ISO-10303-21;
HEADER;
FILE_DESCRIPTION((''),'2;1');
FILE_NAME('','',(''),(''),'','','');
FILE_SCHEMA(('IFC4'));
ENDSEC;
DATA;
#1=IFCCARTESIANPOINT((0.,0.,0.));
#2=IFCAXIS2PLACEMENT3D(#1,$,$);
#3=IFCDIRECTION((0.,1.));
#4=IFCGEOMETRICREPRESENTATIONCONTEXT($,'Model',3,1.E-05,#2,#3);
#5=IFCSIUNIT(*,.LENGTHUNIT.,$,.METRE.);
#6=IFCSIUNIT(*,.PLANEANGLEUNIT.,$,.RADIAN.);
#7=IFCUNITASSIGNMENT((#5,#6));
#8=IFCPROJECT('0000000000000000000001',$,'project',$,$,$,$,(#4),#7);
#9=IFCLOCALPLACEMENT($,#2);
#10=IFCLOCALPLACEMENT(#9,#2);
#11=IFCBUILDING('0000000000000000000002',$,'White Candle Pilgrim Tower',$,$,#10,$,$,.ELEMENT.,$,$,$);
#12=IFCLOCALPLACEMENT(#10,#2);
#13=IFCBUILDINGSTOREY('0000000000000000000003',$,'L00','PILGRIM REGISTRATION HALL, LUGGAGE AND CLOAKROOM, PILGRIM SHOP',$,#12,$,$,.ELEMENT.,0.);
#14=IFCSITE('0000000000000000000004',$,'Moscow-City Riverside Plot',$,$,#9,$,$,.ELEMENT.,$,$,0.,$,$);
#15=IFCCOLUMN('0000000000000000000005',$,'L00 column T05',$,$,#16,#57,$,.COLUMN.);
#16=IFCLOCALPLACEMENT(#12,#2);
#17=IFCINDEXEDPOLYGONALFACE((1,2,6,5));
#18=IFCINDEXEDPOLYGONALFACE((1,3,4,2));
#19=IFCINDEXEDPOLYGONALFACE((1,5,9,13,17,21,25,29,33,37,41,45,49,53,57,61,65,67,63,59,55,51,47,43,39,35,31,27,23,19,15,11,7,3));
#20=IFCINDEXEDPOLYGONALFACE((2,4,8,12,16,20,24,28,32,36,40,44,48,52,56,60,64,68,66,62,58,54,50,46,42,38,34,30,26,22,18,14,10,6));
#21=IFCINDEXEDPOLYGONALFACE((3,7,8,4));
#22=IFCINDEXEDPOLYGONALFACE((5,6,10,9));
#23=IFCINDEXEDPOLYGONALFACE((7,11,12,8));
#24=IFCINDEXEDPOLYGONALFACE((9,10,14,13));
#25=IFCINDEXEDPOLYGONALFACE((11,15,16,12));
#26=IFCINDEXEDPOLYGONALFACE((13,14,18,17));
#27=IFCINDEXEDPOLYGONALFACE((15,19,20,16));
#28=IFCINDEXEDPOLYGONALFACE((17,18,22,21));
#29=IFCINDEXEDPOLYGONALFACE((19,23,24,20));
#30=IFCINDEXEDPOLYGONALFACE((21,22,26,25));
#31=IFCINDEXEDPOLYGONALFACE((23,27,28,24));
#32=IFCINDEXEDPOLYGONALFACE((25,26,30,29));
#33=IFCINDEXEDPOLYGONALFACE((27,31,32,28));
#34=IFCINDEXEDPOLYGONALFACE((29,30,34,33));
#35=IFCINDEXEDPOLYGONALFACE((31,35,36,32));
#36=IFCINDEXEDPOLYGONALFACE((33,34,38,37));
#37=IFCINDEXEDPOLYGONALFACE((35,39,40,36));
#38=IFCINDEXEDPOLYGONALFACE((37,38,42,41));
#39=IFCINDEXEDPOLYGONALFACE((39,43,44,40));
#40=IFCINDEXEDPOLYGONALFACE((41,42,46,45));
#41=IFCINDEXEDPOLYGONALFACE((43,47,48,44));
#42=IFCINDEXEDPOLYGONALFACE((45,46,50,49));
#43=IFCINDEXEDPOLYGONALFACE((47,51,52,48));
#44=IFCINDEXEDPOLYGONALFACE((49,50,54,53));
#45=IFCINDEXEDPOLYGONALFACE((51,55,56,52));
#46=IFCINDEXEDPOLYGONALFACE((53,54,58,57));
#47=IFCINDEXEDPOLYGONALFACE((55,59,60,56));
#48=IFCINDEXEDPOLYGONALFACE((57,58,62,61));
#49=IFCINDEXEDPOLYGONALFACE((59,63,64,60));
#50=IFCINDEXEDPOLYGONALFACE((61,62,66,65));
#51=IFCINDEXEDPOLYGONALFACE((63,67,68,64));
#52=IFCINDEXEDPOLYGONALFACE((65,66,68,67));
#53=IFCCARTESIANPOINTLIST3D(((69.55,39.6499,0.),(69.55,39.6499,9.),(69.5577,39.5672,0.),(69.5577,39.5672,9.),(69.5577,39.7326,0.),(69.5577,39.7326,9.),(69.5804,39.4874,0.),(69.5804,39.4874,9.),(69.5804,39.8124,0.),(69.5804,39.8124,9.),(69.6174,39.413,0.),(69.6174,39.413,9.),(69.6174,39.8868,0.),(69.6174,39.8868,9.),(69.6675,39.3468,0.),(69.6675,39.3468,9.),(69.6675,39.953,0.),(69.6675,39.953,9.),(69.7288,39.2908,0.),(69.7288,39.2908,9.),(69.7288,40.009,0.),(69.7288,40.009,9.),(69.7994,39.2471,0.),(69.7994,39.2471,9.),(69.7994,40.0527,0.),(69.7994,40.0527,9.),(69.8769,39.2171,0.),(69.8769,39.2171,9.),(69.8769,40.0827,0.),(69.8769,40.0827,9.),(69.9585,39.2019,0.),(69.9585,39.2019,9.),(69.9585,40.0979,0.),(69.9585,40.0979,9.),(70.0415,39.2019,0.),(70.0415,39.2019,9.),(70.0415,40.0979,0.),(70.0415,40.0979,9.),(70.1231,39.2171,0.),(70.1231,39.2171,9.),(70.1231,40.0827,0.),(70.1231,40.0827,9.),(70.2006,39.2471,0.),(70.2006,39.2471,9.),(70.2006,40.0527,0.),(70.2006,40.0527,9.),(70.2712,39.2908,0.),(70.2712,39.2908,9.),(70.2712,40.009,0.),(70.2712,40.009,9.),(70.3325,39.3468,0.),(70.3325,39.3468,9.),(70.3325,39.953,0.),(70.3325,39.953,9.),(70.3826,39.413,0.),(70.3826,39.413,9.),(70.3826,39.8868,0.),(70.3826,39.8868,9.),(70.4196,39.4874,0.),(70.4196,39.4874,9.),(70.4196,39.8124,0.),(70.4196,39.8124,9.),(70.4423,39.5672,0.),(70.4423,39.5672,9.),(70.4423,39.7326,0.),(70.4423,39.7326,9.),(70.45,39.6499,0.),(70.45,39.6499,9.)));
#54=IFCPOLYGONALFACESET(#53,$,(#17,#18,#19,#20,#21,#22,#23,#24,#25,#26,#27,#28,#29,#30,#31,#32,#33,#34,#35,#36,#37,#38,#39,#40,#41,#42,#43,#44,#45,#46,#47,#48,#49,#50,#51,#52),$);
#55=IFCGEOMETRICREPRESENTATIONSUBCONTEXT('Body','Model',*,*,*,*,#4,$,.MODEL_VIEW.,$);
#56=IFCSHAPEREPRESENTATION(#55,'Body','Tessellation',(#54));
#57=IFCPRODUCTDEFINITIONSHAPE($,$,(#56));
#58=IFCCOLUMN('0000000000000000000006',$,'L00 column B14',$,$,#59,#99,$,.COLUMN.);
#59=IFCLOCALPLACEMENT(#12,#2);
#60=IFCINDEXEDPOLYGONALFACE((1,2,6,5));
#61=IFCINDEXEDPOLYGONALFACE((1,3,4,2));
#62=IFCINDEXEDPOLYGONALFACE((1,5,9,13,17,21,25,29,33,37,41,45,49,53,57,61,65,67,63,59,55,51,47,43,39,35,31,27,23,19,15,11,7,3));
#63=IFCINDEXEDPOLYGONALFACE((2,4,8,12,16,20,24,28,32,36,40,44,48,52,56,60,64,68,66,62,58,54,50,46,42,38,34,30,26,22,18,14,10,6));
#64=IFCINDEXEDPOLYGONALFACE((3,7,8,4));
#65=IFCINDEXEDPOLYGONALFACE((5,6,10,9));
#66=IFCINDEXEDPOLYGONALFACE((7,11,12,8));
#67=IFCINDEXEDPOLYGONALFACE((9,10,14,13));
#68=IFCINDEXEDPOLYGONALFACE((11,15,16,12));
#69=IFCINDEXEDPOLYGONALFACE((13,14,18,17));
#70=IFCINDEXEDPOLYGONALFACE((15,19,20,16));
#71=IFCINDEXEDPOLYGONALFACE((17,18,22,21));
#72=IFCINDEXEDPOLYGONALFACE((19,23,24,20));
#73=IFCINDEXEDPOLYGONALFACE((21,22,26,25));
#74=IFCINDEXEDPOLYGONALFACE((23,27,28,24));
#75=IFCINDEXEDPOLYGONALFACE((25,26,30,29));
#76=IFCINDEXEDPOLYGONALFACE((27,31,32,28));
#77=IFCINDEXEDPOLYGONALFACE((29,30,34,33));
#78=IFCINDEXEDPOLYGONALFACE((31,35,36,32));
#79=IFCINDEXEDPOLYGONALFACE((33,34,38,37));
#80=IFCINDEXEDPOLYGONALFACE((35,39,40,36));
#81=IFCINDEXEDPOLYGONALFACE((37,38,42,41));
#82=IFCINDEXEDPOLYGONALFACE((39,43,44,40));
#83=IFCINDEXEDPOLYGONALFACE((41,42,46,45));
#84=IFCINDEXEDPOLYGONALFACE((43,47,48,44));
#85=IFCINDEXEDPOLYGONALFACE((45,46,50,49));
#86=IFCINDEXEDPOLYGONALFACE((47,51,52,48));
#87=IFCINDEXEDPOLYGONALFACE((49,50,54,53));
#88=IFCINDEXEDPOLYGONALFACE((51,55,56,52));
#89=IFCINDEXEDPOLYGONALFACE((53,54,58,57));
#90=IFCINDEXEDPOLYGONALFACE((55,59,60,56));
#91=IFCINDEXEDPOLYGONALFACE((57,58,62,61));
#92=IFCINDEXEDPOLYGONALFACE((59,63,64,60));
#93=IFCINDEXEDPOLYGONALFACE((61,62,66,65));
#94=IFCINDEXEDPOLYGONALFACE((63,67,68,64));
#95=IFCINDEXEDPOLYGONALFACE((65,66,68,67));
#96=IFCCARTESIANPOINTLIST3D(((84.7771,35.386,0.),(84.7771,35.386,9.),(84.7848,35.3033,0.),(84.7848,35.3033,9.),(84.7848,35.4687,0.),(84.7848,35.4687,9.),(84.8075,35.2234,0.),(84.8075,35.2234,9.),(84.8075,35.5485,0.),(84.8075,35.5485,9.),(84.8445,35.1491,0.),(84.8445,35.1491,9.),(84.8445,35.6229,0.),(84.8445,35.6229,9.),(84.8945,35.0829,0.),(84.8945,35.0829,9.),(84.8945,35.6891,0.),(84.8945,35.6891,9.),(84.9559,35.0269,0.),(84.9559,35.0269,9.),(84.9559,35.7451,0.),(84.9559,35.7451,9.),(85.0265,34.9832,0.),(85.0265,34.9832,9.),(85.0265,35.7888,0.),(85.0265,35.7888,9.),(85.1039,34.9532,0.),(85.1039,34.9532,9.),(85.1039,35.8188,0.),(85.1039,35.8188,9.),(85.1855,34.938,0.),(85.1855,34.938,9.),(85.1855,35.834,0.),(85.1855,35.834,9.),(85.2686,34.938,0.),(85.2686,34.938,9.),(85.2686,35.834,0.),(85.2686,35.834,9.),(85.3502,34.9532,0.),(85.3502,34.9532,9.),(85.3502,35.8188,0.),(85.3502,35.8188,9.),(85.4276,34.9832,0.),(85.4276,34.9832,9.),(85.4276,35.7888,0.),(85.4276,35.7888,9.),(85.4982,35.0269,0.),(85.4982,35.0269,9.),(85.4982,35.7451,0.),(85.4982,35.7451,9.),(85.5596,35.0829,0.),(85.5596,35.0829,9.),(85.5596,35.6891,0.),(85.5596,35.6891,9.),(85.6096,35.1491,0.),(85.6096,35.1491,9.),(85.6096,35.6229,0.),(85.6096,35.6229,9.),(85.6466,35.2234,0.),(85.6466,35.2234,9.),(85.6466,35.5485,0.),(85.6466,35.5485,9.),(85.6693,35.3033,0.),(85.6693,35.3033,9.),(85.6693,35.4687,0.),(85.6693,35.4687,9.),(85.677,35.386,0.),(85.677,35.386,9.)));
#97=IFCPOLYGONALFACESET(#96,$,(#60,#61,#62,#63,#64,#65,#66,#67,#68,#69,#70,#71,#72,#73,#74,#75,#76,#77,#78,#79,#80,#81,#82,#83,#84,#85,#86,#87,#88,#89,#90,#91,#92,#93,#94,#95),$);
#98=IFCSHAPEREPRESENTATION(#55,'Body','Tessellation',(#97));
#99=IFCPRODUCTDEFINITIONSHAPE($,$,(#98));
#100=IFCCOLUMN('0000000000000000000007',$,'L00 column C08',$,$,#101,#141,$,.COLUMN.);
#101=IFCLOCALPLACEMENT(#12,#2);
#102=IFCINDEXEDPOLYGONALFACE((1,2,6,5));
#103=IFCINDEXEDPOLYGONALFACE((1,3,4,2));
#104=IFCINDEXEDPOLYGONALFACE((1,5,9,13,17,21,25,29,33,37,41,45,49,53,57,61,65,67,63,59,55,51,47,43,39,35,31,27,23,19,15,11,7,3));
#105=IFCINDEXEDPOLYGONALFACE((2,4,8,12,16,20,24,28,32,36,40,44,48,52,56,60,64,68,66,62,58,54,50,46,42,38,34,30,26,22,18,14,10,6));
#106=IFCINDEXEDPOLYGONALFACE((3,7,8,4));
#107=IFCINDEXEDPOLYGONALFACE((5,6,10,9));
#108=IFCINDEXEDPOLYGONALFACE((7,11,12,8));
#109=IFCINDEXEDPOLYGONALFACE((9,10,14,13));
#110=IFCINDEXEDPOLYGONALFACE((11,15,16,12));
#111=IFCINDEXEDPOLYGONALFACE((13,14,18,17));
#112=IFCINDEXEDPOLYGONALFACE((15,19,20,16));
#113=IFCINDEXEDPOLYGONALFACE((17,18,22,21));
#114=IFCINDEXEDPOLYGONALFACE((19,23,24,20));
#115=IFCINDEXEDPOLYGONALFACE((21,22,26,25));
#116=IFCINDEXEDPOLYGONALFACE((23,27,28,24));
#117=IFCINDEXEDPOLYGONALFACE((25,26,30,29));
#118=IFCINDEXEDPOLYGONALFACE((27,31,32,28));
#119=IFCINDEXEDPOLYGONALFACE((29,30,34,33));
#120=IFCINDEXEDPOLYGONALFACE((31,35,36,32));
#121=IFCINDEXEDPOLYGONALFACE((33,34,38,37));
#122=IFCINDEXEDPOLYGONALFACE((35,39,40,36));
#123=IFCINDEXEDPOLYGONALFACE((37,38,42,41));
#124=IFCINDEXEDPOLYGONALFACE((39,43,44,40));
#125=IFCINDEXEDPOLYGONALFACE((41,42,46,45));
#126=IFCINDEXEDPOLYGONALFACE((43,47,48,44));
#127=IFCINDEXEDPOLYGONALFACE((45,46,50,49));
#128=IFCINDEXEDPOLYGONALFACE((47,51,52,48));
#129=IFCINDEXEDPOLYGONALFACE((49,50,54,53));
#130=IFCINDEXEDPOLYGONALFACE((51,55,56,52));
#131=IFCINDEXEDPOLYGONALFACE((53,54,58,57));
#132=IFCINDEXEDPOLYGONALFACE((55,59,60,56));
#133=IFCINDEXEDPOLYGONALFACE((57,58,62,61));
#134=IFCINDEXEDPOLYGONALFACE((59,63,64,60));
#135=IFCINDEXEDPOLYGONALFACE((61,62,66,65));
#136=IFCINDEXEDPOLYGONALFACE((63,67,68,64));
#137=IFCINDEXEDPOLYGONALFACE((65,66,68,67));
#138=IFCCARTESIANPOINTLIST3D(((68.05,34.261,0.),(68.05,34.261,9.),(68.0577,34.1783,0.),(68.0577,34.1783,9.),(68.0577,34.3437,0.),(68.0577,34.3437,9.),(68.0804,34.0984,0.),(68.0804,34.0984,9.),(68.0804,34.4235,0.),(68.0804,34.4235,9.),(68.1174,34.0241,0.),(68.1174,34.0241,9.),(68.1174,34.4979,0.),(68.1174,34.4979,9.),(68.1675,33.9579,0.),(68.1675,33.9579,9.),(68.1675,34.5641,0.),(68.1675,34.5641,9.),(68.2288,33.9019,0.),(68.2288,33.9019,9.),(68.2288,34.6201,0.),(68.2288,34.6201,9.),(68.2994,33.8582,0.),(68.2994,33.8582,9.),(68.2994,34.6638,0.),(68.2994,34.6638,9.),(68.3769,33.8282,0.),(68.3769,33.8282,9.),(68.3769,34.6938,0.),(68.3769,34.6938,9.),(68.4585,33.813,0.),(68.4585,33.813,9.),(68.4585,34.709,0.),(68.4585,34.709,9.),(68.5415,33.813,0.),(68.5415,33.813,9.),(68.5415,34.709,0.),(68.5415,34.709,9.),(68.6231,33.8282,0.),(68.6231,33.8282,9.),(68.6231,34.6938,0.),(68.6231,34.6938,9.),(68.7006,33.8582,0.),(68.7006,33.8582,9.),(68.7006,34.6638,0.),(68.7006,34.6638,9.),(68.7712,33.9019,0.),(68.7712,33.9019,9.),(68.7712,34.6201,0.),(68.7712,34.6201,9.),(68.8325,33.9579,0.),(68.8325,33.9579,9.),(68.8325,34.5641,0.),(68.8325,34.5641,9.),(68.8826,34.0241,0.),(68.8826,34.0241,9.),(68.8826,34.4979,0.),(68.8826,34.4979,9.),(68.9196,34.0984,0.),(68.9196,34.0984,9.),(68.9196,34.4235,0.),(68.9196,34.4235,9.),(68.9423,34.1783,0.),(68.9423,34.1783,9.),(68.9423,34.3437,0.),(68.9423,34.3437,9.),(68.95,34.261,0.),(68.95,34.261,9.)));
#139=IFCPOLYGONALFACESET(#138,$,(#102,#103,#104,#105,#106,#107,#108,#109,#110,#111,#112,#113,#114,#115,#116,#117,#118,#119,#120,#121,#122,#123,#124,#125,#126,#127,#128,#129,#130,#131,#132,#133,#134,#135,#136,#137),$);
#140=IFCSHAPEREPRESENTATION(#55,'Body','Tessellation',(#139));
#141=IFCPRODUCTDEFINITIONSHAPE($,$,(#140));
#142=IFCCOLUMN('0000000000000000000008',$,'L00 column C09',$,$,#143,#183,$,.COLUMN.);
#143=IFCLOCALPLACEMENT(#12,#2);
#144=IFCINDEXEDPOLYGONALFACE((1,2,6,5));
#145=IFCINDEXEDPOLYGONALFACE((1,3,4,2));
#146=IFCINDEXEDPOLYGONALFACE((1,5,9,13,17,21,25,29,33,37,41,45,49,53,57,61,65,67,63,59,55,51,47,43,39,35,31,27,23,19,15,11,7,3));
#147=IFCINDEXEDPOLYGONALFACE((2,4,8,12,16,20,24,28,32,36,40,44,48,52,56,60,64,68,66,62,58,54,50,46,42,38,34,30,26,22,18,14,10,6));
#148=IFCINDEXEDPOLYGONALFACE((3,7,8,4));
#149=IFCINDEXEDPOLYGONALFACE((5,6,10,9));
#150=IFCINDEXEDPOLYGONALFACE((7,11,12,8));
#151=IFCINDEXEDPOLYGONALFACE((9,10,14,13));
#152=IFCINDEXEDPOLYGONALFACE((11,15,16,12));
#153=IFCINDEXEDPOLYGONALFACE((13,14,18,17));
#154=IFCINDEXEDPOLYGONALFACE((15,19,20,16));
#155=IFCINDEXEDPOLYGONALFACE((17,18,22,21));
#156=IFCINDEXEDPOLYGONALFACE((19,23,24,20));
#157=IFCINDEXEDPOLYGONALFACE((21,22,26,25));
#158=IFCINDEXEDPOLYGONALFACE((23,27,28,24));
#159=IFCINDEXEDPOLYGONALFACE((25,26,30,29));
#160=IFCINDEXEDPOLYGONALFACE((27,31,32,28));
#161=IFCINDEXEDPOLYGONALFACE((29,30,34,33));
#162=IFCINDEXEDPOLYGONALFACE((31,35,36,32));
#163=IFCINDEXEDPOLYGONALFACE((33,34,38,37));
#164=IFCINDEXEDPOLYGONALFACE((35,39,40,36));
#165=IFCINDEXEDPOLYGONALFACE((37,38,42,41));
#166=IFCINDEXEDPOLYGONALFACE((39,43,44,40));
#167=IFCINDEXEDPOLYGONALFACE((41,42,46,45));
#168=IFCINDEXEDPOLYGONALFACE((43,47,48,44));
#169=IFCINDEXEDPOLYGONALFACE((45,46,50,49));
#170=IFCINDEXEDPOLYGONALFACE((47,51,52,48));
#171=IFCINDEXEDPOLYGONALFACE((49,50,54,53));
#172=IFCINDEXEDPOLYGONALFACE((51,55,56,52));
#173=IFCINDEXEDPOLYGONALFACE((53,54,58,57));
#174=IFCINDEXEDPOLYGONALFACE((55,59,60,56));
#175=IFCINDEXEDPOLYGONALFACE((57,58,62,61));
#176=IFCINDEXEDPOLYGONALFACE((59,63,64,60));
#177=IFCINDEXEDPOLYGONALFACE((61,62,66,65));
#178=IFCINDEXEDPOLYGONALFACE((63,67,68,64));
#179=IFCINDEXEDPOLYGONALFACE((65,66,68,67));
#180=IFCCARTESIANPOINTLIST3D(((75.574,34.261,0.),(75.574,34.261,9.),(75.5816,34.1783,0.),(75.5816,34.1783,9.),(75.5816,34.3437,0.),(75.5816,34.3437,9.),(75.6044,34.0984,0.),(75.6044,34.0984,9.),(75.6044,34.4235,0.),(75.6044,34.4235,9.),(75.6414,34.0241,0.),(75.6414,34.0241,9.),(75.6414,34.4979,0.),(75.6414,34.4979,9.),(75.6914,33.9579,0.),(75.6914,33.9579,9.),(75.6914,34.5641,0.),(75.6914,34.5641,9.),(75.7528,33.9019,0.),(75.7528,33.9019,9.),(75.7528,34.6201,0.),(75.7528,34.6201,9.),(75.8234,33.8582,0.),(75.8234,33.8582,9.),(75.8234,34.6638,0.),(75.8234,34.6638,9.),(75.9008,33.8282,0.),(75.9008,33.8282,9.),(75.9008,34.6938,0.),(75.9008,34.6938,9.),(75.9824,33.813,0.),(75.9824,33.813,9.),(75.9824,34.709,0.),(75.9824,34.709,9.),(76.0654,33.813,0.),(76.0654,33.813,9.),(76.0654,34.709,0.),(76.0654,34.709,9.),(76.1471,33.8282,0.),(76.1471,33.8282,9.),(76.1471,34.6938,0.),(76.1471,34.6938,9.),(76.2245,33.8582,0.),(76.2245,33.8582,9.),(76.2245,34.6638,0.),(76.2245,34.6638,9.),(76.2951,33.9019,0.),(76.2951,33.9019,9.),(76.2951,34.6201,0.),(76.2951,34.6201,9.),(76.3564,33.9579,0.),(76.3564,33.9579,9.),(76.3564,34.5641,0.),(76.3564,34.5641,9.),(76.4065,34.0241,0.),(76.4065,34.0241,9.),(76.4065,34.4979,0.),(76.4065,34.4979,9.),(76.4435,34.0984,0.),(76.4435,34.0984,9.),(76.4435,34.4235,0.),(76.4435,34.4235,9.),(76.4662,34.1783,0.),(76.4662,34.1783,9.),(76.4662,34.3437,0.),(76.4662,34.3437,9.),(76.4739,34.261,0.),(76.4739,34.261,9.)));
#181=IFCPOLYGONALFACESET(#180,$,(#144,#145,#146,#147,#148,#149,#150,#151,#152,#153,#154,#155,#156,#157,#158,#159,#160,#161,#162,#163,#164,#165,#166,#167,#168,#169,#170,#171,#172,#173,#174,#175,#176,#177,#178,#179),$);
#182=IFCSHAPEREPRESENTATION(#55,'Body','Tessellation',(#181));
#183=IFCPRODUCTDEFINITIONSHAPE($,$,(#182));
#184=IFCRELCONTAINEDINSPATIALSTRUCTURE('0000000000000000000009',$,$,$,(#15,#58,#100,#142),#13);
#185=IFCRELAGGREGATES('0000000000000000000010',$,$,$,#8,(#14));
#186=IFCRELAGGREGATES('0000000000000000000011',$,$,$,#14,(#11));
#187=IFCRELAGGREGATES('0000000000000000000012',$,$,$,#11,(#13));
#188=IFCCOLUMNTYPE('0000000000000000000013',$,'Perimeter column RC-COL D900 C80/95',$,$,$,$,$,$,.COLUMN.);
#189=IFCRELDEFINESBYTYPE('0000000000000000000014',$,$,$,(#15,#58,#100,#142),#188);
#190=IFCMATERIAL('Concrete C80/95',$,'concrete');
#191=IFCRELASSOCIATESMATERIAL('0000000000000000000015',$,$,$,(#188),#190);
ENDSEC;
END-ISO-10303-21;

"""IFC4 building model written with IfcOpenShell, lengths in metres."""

from ifc_helpers import new_model, si_unit, direction, frame, origin, origin_2d, place, context, subcontext, project, spatial, circle, extrude, material, material_profile, profile_set, type_object, element, save


model = new_model("IFC4")

# Units and contexts
model_context = context("Model", 3, precision=1e-05, world=origin(), true_north=direction((0.0, 1.0)))
body_context = subcontext(model_context, "Body", "Model", "MODEL_VIEW")
ifc_project = project(units=[si_unit("LENGTHUNIT", "METRE"), si_unit("PLANEANGLEUNIT", "RADIAN")], contexts=[model_context])

# Site, building, storey
site_placement = place(None, origin())
site = spatial("IfcSite", under=ifc_project, at=site_placement, Name="Moscow-City Riverside Plot", CompositionType="ELEMENT", RefElevation=0.0)
building_placement = place(site_placement, origin())
building = spatial("IfcBuilding", under=site, at=building_placement, Name="White Candle Pilgrim Tower", CompositionType="ELEMENT")
storey_placement = place(building_placement, origin())
storey = spatial("IfcBuildingStorey", under=building, at=storey_placement, Name="L00", Description="PILGRIM REGISTRATION HALL, LUGGAGE AND CLOAKROOM, PILGRIM SHOP", CompositionType="ELEMENT", Elevation=0.0)

# Columns
ifc_material_1 = material(Name="Concrete C80/95", Category="concrete")
ifc_material_profile_1 = material_profile(ifc_material_1, circle(Radius=0.45, at=origin_2d()), Name="RC-COL D900")
ifc_profile_set_1 = profile_set([ifc_material_profile_1], Name="Concrete C80/95")
column_type = type_object("IfcColumnType", Name="Perimeter column RC-COL D900 C80/95", PredefinedType="COLUMN", material=ifc_profile_set_1)
for number, where, z_axis, x_axis, name in (
    (1, (70.0, 39.6499, 0.0), (0.0, 0.0, 1.0), (1.0, 0.0, 0.0), "L00 column T05"),
    (2, (85.2271, 35.386, 0.0), (0.0, 0.0, 1.0), (1.0, 0.0, 0.0), "L00 column B14"),
    (3, (68.5, 34.261, 0.0), (0.0, 0.0, 1.0), (1.0, 0.0, 0.0), "L00 column C08"),
    (4, (76.0239, 34.261, 0.0), (0.0, 0.0, 1.0), (1.0, 0.0, 0.0), "L00 column C09"),
):
    element("IfcColumn", number, at=place(storey_placement, frame(where, z_axis=z_axis, x_axis=x_axis)), inside=storey, type_object=column_type, Name=name, PredefinedType="COLUMN", context=body_context, shape_type="SweptSolid", body=[
        extrude(circle(Radius=0.45, at=origin_2d()), origin(), (0.0, 0.0, 1.0), 9.0),
    ])

save(model, "model.ifc")
